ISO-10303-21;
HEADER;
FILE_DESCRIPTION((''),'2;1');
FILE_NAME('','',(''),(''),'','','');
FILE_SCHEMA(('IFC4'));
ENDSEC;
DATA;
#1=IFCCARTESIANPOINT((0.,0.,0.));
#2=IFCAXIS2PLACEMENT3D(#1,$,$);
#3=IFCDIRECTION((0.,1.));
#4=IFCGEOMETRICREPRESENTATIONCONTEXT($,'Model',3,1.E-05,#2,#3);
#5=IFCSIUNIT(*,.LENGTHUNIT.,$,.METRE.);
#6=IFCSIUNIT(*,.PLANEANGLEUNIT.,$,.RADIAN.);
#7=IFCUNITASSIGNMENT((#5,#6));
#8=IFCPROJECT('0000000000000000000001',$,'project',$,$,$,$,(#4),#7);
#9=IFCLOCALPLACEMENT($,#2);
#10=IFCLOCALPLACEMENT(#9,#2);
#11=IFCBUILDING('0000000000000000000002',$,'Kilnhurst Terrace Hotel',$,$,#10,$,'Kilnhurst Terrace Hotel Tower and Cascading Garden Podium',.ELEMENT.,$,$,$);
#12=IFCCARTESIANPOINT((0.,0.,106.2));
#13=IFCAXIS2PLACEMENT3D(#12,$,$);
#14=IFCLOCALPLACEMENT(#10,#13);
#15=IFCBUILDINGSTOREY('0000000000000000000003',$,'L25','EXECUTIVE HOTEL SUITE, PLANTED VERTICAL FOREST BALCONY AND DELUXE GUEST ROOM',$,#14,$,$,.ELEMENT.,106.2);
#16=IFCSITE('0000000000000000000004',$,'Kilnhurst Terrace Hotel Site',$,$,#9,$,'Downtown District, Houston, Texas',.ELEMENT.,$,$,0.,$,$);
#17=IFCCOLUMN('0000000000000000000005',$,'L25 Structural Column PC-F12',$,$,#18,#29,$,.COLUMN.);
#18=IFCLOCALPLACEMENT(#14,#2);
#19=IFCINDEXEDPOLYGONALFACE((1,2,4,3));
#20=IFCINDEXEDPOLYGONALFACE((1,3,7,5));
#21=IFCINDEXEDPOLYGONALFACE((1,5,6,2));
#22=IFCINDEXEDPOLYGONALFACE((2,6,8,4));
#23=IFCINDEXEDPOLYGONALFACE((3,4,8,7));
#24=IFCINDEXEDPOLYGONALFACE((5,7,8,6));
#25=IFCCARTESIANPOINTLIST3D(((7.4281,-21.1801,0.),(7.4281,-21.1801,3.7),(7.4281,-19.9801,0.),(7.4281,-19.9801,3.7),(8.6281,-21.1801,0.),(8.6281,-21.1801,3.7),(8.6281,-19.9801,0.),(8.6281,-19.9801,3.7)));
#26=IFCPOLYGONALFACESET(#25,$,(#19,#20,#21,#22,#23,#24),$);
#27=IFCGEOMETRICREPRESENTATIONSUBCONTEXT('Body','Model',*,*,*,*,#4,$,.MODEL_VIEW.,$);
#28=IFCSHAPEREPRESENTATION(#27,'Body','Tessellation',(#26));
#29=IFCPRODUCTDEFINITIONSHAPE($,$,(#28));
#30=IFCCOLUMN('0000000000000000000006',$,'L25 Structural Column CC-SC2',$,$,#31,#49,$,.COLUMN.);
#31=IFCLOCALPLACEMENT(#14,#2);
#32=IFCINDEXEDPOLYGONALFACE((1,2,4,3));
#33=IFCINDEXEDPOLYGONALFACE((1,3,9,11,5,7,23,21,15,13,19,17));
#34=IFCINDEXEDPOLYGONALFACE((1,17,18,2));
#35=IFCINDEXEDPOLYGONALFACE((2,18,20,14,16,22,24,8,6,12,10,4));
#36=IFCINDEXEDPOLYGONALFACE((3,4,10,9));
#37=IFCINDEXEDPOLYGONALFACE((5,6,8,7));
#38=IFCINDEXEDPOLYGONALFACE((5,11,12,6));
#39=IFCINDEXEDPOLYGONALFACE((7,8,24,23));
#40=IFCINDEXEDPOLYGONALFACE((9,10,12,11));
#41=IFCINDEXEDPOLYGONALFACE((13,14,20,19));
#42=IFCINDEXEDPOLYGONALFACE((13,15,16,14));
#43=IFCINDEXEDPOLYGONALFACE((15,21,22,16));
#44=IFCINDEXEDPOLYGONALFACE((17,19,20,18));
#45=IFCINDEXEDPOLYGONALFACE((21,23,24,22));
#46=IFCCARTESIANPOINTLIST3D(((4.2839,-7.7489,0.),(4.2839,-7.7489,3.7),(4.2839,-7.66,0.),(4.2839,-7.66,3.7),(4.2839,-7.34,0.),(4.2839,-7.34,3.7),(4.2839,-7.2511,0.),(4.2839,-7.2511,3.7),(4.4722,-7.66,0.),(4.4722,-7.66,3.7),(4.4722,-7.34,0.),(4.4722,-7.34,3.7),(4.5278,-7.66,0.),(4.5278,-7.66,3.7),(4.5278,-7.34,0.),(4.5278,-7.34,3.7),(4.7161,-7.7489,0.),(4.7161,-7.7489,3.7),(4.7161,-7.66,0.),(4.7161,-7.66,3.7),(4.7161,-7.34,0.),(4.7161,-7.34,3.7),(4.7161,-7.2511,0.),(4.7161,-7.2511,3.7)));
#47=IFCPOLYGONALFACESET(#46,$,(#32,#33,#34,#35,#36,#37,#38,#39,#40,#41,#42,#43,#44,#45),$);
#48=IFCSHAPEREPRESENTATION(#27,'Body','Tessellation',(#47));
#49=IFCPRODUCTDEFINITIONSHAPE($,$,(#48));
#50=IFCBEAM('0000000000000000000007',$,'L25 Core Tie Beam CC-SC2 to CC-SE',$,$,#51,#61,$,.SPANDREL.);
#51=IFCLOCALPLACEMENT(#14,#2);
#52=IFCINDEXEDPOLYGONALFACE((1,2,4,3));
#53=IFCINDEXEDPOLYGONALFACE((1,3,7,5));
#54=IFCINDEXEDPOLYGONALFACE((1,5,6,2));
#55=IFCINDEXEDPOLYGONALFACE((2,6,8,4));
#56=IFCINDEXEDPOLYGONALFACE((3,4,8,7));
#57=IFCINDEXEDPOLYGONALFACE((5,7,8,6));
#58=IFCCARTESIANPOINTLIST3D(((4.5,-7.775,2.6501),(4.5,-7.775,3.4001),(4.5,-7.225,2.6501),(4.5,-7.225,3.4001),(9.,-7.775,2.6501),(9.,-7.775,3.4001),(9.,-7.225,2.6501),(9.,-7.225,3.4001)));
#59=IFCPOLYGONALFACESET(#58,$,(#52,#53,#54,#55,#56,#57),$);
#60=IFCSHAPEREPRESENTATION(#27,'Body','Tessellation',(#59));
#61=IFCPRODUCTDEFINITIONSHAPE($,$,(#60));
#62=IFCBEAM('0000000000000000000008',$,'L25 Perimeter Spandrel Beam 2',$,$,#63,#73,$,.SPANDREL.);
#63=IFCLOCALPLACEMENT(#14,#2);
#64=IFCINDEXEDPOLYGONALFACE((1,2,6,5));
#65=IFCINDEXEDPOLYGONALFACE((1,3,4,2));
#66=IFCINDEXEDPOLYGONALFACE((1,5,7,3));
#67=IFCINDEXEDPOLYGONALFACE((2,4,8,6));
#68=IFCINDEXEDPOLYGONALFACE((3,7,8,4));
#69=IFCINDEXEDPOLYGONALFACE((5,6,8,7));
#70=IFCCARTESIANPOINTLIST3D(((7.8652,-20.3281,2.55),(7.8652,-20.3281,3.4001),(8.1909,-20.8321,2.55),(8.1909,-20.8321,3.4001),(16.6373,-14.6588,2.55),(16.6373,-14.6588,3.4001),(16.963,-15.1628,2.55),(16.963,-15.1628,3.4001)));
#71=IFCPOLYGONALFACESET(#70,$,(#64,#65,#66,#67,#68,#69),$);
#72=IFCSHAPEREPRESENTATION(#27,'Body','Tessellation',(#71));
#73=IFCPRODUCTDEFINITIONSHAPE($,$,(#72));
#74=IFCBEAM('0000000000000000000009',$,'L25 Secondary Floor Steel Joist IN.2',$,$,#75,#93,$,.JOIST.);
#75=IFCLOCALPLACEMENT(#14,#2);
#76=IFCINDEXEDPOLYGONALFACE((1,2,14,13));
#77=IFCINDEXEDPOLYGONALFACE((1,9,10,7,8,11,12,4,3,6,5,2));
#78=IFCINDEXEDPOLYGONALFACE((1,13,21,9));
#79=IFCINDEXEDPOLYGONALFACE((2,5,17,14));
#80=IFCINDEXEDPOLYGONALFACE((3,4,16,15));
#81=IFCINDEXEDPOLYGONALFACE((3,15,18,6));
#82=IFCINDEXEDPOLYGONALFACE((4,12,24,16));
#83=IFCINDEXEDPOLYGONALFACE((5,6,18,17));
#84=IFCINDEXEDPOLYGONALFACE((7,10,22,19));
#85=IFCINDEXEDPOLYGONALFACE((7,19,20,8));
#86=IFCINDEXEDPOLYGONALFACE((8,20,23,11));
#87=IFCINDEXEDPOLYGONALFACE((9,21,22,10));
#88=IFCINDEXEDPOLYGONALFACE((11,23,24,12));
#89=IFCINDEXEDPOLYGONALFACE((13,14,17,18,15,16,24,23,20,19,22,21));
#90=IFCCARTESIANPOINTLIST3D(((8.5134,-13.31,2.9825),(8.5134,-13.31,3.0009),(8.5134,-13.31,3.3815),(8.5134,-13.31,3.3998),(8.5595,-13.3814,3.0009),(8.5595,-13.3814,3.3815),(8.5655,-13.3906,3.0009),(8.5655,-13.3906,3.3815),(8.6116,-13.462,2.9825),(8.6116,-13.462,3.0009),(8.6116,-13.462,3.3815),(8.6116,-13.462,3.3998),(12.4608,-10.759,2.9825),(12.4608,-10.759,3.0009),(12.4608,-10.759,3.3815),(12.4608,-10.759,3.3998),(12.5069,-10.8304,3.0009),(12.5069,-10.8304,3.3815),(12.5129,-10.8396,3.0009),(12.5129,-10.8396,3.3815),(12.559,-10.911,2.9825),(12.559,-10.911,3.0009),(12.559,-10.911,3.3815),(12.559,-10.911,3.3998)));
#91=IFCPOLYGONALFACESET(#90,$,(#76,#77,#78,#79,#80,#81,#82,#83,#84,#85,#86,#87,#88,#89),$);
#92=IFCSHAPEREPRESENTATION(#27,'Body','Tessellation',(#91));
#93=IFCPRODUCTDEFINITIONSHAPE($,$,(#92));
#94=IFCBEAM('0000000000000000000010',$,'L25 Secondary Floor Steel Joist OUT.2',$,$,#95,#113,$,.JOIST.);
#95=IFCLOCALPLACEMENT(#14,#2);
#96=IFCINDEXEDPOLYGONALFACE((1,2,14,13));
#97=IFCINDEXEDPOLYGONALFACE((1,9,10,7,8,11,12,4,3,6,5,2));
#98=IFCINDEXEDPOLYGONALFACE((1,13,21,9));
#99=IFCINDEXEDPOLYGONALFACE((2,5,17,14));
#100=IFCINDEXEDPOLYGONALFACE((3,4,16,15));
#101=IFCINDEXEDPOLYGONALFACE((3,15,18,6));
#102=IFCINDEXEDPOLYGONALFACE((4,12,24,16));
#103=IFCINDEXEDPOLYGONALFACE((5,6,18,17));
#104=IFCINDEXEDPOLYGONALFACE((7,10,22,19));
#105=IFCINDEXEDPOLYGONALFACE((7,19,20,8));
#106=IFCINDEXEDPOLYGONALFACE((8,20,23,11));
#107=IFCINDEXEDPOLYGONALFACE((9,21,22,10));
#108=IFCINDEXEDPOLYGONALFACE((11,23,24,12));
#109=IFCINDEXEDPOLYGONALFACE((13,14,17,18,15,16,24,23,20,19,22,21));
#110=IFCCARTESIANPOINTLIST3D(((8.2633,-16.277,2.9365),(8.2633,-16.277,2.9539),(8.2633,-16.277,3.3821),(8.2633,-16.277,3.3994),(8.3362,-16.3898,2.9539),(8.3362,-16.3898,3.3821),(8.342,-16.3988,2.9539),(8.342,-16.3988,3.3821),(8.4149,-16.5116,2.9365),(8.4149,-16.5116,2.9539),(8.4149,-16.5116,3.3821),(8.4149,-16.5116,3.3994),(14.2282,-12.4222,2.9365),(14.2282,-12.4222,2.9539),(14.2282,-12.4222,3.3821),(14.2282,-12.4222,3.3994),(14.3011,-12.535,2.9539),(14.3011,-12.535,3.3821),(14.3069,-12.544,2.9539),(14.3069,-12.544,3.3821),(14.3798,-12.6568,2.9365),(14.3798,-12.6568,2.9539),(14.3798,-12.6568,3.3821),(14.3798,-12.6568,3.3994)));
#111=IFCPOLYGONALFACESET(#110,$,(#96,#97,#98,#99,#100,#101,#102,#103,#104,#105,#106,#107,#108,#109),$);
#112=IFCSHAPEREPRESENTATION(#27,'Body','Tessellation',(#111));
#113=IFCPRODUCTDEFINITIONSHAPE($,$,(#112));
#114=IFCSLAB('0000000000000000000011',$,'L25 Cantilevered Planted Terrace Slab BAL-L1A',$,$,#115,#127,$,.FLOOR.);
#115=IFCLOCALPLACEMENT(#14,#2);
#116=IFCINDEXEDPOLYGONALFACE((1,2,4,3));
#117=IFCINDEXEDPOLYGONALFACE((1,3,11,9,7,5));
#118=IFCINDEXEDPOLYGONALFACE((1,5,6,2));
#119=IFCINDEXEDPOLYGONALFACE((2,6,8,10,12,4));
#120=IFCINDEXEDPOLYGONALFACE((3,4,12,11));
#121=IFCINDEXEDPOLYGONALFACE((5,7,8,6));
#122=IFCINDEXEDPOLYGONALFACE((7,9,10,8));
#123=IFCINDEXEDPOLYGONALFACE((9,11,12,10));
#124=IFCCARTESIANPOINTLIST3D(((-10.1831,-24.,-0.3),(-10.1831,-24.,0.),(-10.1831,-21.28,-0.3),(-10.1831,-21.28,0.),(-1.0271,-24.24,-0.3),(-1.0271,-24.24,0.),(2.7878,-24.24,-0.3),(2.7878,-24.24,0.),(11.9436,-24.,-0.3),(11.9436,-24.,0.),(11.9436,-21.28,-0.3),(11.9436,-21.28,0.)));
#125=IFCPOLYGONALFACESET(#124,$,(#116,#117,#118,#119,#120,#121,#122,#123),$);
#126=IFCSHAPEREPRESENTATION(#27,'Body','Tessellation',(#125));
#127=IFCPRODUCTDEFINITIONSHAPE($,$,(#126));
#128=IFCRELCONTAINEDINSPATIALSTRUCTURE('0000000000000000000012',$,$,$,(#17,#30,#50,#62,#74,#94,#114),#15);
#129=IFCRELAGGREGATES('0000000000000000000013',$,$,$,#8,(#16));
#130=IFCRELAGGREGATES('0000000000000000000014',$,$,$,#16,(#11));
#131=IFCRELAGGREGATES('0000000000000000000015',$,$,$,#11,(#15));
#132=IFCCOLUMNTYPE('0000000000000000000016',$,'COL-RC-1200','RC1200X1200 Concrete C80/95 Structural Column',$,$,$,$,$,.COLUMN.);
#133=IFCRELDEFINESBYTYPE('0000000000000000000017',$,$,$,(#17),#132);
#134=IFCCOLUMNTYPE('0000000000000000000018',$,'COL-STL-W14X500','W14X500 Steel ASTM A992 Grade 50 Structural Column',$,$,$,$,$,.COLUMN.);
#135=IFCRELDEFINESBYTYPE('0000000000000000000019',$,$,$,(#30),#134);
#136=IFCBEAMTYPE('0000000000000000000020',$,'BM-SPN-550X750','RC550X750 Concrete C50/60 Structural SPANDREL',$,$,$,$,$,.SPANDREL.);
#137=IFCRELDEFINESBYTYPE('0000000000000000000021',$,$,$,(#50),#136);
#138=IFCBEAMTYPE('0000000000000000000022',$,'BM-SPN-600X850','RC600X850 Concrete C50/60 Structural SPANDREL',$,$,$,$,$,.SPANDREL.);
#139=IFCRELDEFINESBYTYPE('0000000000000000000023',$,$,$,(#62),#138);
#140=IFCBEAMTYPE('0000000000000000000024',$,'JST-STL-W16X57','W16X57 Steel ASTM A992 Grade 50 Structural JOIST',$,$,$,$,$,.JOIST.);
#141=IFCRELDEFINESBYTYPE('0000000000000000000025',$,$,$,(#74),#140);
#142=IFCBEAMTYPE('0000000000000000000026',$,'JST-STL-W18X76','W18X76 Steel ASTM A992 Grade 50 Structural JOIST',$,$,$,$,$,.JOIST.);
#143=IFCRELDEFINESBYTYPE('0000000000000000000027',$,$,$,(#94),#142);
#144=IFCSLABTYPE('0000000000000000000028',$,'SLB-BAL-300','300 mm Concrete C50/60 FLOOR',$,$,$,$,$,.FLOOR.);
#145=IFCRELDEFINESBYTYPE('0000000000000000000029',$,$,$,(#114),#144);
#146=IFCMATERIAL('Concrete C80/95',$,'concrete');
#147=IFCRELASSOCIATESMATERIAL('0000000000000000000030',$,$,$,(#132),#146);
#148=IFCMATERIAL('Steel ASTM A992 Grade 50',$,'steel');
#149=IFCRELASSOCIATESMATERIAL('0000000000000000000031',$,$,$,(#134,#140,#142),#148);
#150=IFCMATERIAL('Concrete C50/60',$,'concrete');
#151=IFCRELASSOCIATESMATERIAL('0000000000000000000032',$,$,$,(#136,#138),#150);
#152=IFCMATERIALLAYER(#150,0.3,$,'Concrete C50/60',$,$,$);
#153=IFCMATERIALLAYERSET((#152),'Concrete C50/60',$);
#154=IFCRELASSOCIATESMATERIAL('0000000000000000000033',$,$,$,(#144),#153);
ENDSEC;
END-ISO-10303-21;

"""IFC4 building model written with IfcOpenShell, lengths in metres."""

from ifc_helpers import new_model, si_unit, direction, frame, origin, origin_2d, place, context, subcontext, project, spatial, polyline, rectangle, i_section, outline, extrude, material, layer, layer_set, material_profile, profile_set, type_object, element, save


model = new_model("IFC4")

# Units and contexts
model_context = context("Model", 3, precision=1e-05, world=origin(), true_north=direction((0.0, 1.0)))
body_context = subcontext(model_context, "Body", "Model", "MODEL_VIEW")
ifc_project = project(units=[si_unit("LENGTHUNIT", "METRE"), si_unit("PLANEANGLEUNIT", "RADIAN")], contexts=[model_context])

# Site, building, storey
site_placement = place(None, origin())
site = spatial("IfcSite", under=ifc_project, at=site_placement, Name="Kilnhurst Terrace Hotel Site", LongName="Downtown District, Houston, Texas", CompositionType="ELEMENT", RefElevation=0.0)
building_placement = place(site_placement, origin())
building = spatial("IfcBuilding", under=site, at=building_placement, Name="Kilnhurst Terrace Hotel", LongName="Kilnhurst Terrace Hotel Tower and Cascading Garden Podium", CompositionType="ELEMENT")
storey_placement = place(building_placement, frame((0.0, 0.0, 106.2)))
storey = spatial("IfcBuildingStorey", under=building, at=storey_placement, Name="L25", Description="EXECUTIVE HOTEL SUITE, PLANTED VERTICAL FOREST BALCONY AND DELUXE GUEST ROOM", CompositionType="ELEMENT", Elevation=106.2)

# Columns
ifc_material_1 = material(Name="Concrete C80/95", Category="concrete")
ifc_material_profile_1 = material_profile(ifc_material_1, rectangle(XDim=1.2, YDim=1.2, at=origin_2d()), Name="RC1200X1200")
ifc_profile_set_1 = profile_set([ifc_material_profile_1], Name="Concrete C80/95")
column_type_1 = type_object("IfcColumnType", Name="COL-RC-1200", Description="RC1200X1200 Concrete C80/95 Structural Column", PredefinedType="COLUMN", material=ifc_profile_set_1)
column_1_placement = place(storey_placement, frame((8.0281, -20.5801, 0.0), z_axis=(0.0, 0.0, 1.0), x_axis=(1.0, 0.0, 0.0)))
element("IfcColumn", 1, at=column_1_placement, inside=storey, type_object=column_type_1, Name="L25 Structural Column PC-F12", PredefinedType="COLUMN", context=body_context, shape_type="SweptSolid", body=[
    extrude(rectangle(XDim=1.2, YDim=1.2, at=origin_2d()), origin(), (0.0, 0.0, 1.0), 3.7),
])
ifc_material_2 = material(Name="Steel ASTM A992 Grade 50", Category="steel")
ifc_material_profile_2 = material_profile(ifc_material_2, i_section(OverallWidth=0.4321, OverallDepth=0.4978, WebThickness=0.0557, FlangeThickness=0.0889, at=origin_2d()), Name="W14X500")
ifc_profile_set_2 = profile_set([ifc_material_profile_2], Name="Steel ASTM A992 Grade 50")
column_type_2 = type_object("IfcColumnType", Name="COL-STL-W14X500", Description="W14X500 Steel ASTM A992 Grade 50 Structural Column", PredefinedType="COLUMN", material=ifc_profile_set_2)
column_2_placement = place(storey_placement, frame((4.5, -7.5, 0.0), z_axis=(0.0, 0.0, 1.0), x_axis=(1.0, 0.0, 0.0)))
element("IfcColumn", 2, at=column_2_placement, inside=storey, type_object=column_type_2, Name="L25 Structural Column CC-SC2", PredefinedType="COLUMN", context=body_context, shape_type="SweptSolid", body=[
    extrude(i_section(OverallWidth=0.4321, OverallDepth=0.4978, WebThickness=0.0557, FlangeThickness=0.0889, at=origin_2d()), origin(), (0.0, 0.0, 1.0), 3.7),
])

# Beams
ifc_material_3 = material(Name="Concrete C50/60", Category="concrete")
ifc_material_profile_3 = material_profile(ifc_material_3, rectangle(XDim=0.55, YDim=0.75, at=origin_2d()), Name="RC550X750")
ifc_profile_set_3 = profile_set([ifc_material_profile_3], Name="Concrete C50/60")
beam_type_1 = type_object("IfcBeamType", Name="BM-SPN-550X750", Description="RC550X750 Concrete C50/60 Structural SPANDREL", PredefinedType="SPANDREL", material=ifc_profile_set_3)
beam_1_placement = place(storey_placement, frame((4.5, -7.5, 3.0251), z_axis=(1.0, 0.0, 0.0), x_axis=(0.0, 1.0, 0.0)))
element("IfcBeam", 3, at=beam_1_placement, inside=storey, type_object=beam_type_1, Name="L25 Core Tie Beam CC-SC2 to CC-SE", PredefinedType="SPANDREL", context=body_context, shape_type="SweptSolid", body=[
    extrude(rectangle(XDim=0.55, YDim=0.75, at=origin_2d()), origin(), (0.0, 0.0, 1.0), 4.5),
])
ifc_material_profile_4 = material_profile(ifc_material_3, rectangle(XDim=0.6001, YDim=0.8501, at=origin_2d()), Name="RC600X850")
ifc_profile_set_4 = profile_set([ifc_material_profile_4], Name="Concrete C50/60")
beam_type_2 = type_object("IfcBeamType", Name="BM-SPN-600X850", Description="RC600X850 Concrete C50/60 Structural SPANDREL", PredefinedType="SPANDREL", material=ifc_profile_set_4)
beam_2_placement = place(storey_placement, frame((8.0281, -20.5801, 2.9751), z_axis=(0.839867, 0.542793, 0.0), x_axis=(-0.542793, 0.839867, 0.0)))
element("IfcBeam", 4, at=beam_2_placement, inside=storey, type_object=beam_type_2, Name="L25 Perimeter Spandrel Beam 2", PredefinedType="SPANDREL", context=body_context, shape_type="SweptSolid", body=[
    extrude(rectangle(XDim=0.6001, YDim=0.8501, at=origin_2d()), origin(), (0.0, 0.0, 1.0), 10.4446),
])
ifc_material_profile_5 = material_profile(ifc_material_2, i_section(OverallWidth=0.1809, OverallDepth=0.4172, WebThickness=0.011, FlangeThickness=0.0183, at=origin_2d()), Name="W16X57")
ifc_profile_set_5 = profile_set([ifc_material_profile_5], Name="Steel ASTM A992 Grade 50")
beam_type_3 = type_object("IfcBeamType", Name="JST-STL-W16X57", Description="W16X57 Steel ASTM A992 Grade 50 Structural JOIST", PredefinedType="JOIST", material=ifc_profile_set_5)
beam_3_placement = place(storey_placement, frame((8.5625, -13.386, 3.1912), z_axis=(0.839885, 0.542764, 0.0), x_axis=(-0.542764, 0.839885, 0.0)))
element("IfcBeam", 5, at=beam_3_placement, inside=storey, type_object=beam_type_3, Name="L25 Secondary Floor Steel Joist IN.2", PredefinedType="JOIST", context=body_context, shape_type="SweptSolid", body=[
    extrude(i_section(OverallWidth=0.1809, OverallDepth=0.4172, WebThickness=0.011, FlangeThickness=0.0183, at=origin_2d()), origin(), (0.0, 0.0, 1.0), 4.7),
])
ifc_material_profile_6 = material_profile(ifc_material_2, i_section(OverallWidth=0.2793, OverallDepth=0.4629, WebThickness=0.0107, FlangeThickness=0.0173, at=origin_2d()), Name="W18X76")
ifc_profile_set_6 = profile_set([ifc_material_profile_6], Name="Steel ASTM A992 Grade 50")
beam_type_4 = type_object("IfcBeamType", Name="JST-STL-W18X76", Description="W18X76 Steel ASTM A992 Grade 50 Structural JOIST", PredefinedType="JOIST", material=ifc_profile_set_6)
beam_4_placement = place(storey_placement, frame((8.3391, -16.3943, 3.168), z_axis=(0.839883, 0.542768, 0.0), x_axis=(-0.542768, 0.839883, 0.0)))
element("IfcBeam", 6, at=beam_4_placement, inside=storey, type_object=beam_type_4, Name="L25 Secondary Floor Steel Joist OUT.2", PredefinedType="JOIST", context=body_context, shape_type="SweptSolid", body=[
    extrude(i_section(OverallWidth=0.2793, OverallDepth=0.4629, WebThickness=0.0107, FlangeThickness=0.0173, at=origin_2d()), origin(), (0.0, 0.0, 1.0), 7.1021),
])

# Slab
ifc_layer_1 = layer(ifc_material_3, 0.3, Name="Concrete C50/60")
ifc_layer_set_1 = layer_set([ifc_layer_1], Name="Concrete C50/60")
slab_type_1 = type_object("IfcSlabType", Name="SLB-BAL-300", Description="300 mm Concrete C50/60 FLOOR", PredefinedType="FLOOR", material=ifc_layer_set_1)
slab_1_placement = place(storey_placement, frame((0.0, 0.0, -0.3)))
element("IfcSlab", 7, at=slab_1_placement, inside=storey, type_object=slab_type_1, Name="L25 Cantilevered Planted Terrace Slab BAL-L1A", PredefinedType="FLOOR", context=body_context, shape_type="SweptSolid", body=[
    extrude(outline(polyline([(2.7878, -24.24), (-1.0271, -24.24), (-10.1831, -24.0), (-10.1831, -21.28), (11.9436, -21.28), (11.9436, -24.0), (2.7878, -24.24)])), origin(), (0.0, 0.0, 1.0), 0.3),
])

save(model, "model.ifc")
